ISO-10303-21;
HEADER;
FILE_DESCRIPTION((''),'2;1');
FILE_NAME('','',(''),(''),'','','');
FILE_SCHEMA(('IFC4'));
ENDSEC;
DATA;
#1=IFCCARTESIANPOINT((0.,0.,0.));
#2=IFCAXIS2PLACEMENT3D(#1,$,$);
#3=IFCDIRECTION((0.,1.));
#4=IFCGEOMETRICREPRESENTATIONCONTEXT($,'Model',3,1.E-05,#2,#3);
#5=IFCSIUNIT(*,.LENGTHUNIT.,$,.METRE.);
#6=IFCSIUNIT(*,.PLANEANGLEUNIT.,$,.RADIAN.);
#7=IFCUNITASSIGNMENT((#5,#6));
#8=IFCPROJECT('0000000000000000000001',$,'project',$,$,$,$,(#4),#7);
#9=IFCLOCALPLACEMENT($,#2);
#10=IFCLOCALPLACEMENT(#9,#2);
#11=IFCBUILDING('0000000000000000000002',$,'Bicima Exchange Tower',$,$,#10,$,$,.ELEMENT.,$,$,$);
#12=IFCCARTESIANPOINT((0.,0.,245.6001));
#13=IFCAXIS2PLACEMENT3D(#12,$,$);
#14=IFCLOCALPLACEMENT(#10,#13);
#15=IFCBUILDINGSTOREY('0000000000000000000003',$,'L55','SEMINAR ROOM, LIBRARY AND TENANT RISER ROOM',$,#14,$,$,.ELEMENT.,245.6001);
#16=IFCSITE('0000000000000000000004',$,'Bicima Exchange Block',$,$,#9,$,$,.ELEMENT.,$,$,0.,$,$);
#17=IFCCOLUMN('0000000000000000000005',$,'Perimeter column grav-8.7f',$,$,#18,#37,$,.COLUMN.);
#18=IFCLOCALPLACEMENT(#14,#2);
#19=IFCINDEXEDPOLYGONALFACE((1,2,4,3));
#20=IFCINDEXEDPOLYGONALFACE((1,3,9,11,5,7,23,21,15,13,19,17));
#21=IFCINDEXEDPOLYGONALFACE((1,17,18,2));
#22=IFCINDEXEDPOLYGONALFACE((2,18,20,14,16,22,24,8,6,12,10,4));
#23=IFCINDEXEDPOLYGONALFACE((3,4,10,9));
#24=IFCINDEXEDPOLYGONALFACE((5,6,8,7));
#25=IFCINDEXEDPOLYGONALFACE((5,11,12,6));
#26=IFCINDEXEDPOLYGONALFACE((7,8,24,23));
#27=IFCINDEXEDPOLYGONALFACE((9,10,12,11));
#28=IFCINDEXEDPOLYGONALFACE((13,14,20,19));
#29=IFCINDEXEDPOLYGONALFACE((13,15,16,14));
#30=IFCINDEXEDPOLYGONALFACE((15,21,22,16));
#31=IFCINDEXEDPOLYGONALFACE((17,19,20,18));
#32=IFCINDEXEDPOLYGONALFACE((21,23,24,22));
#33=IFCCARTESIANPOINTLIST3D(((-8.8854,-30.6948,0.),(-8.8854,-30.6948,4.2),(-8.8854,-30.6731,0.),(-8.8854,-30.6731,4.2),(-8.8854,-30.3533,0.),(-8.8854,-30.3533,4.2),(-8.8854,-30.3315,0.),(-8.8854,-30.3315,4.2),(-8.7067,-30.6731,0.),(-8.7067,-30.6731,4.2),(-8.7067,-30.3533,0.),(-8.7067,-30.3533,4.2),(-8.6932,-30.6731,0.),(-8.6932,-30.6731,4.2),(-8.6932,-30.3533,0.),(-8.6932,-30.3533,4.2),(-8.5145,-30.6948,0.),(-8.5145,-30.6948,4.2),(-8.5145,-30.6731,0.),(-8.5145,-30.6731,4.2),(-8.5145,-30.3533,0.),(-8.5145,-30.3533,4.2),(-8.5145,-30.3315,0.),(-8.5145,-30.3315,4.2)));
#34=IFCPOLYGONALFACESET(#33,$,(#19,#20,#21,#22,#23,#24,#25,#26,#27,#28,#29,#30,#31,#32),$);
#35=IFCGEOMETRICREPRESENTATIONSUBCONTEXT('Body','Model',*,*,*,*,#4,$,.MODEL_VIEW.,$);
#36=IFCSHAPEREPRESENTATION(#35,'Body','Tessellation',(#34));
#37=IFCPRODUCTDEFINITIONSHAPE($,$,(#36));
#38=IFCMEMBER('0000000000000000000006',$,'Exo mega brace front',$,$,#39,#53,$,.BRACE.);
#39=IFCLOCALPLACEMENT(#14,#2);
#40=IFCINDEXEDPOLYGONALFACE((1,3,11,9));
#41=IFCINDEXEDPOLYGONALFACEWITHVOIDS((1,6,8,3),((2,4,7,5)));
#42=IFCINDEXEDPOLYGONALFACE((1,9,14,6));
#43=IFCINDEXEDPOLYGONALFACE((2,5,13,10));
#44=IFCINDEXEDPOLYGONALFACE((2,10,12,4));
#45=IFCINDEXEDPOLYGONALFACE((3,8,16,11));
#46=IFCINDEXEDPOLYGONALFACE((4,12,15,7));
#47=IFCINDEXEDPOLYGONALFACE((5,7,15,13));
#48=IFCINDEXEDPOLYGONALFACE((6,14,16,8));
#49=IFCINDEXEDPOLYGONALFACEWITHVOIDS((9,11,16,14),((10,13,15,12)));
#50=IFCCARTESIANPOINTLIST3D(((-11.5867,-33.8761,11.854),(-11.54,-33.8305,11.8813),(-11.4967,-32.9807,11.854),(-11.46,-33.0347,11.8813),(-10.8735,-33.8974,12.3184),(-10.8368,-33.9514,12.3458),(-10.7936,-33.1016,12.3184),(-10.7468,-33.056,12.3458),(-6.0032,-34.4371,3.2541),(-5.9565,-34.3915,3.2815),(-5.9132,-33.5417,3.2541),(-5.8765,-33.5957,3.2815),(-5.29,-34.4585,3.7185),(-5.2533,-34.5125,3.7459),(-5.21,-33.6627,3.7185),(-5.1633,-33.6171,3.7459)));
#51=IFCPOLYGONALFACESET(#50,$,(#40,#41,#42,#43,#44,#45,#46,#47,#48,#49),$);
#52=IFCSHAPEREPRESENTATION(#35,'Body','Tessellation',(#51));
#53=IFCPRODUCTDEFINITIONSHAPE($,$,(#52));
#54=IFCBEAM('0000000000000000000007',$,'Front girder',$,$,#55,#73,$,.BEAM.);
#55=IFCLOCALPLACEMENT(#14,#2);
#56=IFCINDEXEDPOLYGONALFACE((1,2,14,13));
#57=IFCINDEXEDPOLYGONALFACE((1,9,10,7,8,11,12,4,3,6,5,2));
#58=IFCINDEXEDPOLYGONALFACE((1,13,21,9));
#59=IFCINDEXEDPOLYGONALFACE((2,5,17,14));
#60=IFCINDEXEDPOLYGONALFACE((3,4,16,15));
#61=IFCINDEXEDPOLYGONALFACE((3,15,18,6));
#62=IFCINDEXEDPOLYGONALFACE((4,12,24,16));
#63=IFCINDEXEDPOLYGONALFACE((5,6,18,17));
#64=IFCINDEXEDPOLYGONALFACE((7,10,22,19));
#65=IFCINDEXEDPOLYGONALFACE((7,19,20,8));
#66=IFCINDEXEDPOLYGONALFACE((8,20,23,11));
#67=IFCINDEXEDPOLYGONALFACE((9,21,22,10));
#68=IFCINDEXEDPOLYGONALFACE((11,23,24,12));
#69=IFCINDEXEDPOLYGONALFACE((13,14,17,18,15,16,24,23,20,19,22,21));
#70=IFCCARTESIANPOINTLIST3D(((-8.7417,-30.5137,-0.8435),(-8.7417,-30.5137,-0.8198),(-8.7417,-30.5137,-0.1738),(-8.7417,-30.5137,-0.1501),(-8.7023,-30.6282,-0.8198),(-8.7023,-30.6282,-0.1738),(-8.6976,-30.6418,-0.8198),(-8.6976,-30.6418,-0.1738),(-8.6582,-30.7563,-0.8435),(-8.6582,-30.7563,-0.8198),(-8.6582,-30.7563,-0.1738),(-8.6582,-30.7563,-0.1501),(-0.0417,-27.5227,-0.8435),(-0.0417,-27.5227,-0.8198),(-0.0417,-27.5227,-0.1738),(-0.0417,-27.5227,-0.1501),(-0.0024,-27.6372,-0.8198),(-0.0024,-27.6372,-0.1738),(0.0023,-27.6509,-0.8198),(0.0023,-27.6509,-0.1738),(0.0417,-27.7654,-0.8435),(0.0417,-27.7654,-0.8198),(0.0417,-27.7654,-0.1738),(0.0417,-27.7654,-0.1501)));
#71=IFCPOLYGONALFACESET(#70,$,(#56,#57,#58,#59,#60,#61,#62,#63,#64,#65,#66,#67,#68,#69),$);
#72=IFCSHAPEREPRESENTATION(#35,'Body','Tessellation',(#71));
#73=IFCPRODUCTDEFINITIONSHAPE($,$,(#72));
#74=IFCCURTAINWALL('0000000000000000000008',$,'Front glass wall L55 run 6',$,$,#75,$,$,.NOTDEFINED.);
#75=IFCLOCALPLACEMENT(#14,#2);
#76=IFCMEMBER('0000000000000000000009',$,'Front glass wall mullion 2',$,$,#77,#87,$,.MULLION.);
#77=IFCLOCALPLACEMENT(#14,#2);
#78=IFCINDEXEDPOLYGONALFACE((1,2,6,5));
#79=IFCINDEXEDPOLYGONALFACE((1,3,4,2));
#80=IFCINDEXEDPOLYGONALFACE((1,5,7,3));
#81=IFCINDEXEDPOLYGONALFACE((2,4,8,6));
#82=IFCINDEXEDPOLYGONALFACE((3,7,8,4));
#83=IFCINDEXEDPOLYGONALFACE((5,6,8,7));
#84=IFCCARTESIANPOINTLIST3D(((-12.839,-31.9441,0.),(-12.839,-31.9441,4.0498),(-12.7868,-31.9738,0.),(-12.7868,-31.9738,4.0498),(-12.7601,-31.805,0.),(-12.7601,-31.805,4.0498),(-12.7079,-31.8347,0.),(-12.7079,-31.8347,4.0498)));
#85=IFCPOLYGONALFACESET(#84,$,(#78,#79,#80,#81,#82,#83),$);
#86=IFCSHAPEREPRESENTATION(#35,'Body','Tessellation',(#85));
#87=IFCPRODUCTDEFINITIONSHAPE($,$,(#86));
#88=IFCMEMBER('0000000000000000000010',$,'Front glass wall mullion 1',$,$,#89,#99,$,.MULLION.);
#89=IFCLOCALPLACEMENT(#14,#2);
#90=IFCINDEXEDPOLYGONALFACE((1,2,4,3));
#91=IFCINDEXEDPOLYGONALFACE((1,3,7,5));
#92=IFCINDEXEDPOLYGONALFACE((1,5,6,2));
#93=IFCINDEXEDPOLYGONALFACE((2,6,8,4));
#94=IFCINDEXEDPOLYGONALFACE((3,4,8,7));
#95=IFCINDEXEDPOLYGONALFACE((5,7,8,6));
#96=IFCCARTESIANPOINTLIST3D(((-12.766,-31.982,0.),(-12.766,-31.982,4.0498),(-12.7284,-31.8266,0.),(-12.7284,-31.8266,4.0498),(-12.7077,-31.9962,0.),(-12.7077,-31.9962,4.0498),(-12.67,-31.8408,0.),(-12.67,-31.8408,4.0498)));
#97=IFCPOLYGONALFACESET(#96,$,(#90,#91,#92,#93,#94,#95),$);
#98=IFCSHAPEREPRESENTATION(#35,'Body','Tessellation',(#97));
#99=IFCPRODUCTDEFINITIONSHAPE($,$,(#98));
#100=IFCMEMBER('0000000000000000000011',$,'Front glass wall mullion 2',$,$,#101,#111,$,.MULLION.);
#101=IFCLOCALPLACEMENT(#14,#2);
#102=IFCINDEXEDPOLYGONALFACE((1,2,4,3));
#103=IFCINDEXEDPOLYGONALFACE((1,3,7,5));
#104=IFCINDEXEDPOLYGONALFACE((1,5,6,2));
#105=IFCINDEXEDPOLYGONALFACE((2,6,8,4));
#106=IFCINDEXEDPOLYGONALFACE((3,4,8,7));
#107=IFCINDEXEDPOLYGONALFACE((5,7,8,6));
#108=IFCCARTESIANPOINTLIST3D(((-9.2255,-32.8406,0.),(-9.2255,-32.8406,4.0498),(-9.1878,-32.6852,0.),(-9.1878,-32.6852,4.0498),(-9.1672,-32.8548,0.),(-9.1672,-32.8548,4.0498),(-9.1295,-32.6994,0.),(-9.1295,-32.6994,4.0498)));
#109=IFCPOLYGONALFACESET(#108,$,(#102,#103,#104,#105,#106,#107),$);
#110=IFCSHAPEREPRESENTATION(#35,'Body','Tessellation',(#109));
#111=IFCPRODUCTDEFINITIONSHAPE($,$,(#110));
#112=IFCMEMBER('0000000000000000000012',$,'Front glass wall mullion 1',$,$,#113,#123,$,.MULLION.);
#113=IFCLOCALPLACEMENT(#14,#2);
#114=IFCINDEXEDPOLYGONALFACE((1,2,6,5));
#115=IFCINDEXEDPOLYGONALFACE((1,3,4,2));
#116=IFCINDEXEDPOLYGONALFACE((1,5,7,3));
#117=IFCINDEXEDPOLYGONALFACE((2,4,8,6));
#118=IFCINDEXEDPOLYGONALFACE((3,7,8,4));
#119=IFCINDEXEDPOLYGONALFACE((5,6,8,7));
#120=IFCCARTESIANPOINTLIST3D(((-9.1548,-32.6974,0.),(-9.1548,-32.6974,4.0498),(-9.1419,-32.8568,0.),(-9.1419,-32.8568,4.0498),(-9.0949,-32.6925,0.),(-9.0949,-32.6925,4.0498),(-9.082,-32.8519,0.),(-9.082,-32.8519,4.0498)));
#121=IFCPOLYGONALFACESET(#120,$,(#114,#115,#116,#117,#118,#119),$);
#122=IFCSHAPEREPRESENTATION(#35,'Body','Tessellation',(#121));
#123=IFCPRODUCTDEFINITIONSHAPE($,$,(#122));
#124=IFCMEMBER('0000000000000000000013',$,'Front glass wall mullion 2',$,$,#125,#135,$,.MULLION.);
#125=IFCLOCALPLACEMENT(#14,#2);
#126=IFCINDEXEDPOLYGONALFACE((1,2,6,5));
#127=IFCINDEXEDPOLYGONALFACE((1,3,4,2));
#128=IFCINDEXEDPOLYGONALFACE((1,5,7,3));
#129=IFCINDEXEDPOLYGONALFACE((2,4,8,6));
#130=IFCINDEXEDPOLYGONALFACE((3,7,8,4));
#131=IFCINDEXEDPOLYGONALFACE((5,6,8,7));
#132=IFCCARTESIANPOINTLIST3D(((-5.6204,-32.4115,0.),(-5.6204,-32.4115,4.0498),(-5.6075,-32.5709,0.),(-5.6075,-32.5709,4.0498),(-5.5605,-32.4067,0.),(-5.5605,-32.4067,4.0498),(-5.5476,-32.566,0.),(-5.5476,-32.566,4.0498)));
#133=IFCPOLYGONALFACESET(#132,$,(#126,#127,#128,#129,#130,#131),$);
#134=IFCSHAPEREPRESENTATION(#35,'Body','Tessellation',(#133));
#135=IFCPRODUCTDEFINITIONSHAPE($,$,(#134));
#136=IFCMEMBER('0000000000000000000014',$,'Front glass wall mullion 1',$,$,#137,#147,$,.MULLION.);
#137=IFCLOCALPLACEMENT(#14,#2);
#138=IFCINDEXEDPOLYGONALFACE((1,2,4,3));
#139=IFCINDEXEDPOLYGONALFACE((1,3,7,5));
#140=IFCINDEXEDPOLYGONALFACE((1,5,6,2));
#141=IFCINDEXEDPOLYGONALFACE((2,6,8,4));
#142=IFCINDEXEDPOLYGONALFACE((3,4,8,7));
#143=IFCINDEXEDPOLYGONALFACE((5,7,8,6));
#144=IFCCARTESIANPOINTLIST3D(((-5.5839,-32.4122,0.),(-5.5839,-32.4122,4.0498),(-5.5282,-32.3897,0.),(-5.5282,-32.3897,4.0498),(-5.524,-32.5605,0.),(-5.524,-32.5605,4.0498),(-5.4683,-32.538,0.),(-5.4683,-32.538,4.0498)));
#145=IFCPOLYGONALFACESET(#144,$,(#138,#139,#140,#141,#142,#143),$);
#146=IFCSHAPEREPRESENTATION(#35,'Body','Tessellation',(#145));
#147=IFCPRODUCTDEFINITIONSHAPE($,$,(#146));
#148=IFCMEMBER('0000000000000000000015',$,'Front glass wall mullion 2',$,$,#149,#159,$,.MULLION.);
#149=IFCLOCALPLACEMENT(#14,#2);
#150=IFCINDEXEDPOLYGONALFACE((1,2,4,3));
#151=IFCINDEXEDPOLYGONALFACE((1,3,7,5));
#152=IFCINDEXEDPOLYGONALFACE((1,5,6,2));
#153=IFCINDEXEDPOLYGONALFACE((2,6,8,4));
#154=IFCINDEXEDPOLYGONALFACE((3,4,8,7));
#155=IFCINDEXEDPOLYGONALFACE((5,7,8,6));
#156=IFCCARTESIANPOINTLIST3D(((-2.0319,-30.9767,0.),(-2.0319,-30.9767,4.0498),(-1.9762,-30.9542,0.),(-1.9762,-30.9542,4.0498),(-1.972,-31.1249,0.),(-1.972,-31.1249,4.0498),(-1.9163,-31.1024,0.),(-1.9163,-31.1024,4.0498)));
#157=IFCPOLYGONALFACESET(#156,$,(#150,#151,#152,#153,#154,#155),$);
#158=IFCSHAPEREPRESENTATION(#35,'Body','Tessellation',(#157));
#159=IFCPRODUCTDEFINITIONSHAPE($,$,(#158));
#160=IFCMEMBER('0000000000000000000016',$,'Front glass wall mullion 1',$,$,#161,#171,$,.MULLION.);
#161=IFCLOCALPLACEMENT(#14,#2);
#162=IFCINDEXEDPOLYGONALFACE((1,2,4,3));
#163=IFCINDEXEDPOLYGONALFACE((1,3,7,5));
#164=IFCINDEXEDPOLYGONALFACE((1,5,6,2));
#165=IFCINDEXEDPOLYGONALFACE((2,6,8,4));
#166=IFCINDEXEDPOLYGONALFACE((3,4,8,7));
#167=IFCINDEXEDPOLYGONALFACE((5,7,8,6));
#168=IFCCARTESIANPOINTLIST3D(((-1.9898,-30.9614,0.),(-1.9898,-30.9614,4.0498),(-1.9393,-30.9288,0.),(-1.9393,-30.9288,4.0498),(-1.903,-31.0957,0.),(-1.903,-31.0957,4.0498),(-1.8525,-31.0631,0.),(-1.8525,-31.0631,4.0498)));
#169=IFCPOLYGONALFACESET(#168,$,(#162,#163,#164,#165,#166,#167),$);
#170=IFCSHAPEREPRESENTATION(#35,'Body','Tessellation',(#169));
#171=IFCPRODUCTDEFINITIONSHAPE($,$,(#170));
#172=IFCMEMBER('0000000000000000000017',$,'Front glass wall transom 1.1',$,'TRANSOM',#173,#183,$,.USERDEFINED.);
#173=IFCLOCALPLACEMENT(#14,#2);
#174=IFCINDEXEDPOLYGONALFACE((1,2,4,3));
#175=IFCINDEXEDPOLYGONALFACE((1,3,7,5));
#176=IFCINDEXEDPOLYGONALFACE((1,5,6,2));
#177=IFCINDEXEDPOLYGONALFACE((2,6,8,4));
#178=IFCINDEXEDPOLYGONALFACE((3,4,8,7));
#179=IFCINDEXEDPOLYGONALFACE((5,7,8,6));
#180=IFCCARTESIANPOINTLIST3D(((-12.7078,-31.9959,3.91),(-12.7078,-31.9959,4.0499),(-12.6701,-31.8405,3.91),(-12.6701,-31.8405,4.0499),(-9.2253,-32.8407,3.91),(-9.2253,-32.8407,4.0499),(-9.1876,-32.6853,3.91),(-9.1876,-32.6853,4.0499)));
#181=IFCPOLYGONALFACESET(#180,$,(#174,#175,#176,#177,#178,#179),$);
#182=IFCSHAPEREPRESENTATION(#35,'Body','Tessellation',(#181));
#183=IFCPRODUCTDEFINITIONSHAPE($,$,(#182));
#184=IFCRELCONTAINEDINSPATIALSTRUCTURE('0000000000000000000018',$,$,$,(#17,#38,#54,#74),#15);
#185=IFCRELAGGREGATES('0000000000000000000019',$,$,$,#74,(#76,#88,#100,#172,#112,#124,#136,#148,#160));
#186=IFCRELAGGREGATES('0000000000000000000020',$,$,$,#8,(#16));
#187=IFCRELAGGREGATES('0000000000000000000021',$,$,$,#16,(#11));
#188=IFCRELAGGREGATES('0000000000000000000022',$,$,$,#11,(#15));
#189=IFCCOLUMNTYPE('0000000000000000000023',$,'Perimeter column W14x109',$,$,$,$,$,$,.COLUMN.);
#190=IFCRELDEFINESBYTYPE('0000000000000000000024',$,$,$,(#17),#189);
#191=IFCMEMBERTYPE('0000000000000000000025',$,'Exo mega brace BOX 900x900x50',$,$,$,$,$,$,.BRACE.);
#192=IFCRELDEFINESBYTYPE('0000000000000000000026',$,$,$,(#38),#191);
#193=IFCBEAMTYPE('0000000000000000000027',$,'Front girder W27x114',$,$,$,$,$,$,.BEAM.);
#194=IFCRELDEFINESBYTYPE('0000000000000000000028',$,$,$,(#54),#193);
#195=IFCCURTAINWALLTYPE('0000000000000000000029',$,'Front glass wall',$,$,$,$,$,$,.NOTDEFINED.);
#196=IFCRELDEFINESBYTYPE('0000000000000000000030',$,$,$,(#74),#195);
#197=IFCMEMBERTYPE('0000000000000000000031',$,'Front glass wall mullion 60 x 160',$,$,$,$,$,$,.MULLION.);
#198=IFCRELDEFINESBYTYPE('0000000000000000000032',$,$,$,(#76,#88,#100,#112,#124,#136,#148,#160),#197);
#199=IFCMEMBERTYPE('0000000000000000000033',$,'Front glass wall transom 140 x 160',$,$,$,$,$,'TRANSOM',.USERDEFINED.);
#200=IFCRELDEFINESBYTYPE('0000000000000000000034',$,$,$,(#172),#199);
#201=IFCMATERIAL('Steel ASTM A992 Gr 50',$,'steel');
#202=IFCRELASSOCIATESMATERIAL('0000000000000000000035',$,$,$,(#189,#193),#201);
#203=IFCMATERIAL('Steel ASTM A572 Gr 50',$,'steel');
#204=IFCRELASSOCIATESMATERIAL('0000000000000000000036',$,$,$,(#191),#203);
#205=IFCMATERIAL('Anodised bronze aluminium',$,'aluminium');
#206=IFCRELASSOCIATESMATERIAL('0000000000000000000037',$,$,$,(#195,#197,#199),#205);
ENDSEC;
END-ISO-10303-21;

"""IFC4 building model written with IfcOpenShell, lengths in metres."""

from ifc_helpers import new_model, si_unit, direction, frame, origin, origin_2d, place, context, subcontext, project, spatial, rectangle, hollow_rectangle, i_section, extrude, material, material_profile, profile_set, type_object, element, aggregate, save


model = new_model("IFC4")

# Units and contexts
model_context = context("Model", 3, precision=1e-05, world=origin(), true_north=direction((0.0, 1.0)))
body_context = subcontext(model_context, "Body", "Model", "MODEL_VIEW")
ifc_project = project(units=[si_unit("LENGTHUNIT", "METRE"), si_unit("PLANEANGLEUNIT", "RADIAN")], contexts=[model_context])

# Site, building, storey
site_placement = place(None, origin())
site = spatial("IfcSite", under=ifc_project, at=site_placement, Name="Bicima Exchange Block", CompositionType="ELEMENT", RefElevation=0.0)
building_placement = place(site_placement, origin())
building = spatial("IfcBuilding", under=site, at=building_placement, Name="Bicima Exchange Tower", CompositionType="ELEMENT")
storey_placement = place(building_placement, frame((0.0, 0.0, 245.6001)))
storey = spatial("IfcBuildingStorey", under=building, at=storey_placement, Name="L55", Description="SEMINAR ROOM, LIBRARY AND TENANT RISER ROOM", CompositionType="ELEMENT", Elevation=245.6001)

# Column
ifc_material_1 = material(Name="Steel ASTM A992 Gr 50", Category="steel")
ifc_material_profile_1 = material_profile(ifc_material_1, i_section(OverallWidth=0.3708, OverallDepth=0.3633, WebThickness=0.0134, FlangeThickness=0.0217, at=origin_2d()))
ifc_profile_set_1 = profile_set([ifc_material_profile_1], Name="Steel ASTM A992 Gr 50")
column_type = type_object("IfcColumnType", Name="Perimeter column W14x109", PredefinedType="COLUMN", material=ifc_profile_set_1)
column_placement = place(storey_placement, frame((-8.7, -30.5132, 0.0), z_axis=(0.0, 0.0, 1.0), x_axis=(1.0, 0.0, 0.0)))
element("IfcColumn", 1, at=column_placement, inside=storey, type_object=column_type, Name="Perimeter column grav-8.7f", PredefinedType="COLUMN", context=body_context, shape_type="SweptSolid", body=[
    extrude(i_section(OverallWidth=0.3708, OverallDepth=0.3633, WebThickness=0.0134, FlangeThickness=0.0217, at=origin_2d()), origin(), (0.0, 0.0, 1.0), 4.2),
])

# Member
ifc_material_2 = material(Name="Steel ASTM A572 Gr 50", Category="steel")
ifc_material_profile_2 = material_profile(ifc_material_2, hollow_rectangle(XDim=0.8999, YDim=0.8999, WallThickness=0.05, at=origin_2d()))
ifc_profile_set_2 = profile_set([ifc_material_profile_2], Name="Steel ASTM A572 Gr 50")
member_type_1 = type_object("IfcMemberType", Name="Exo mega brace BOX 900x900x50", PredefinedType="BRACE", material=ifc_profile_set_2)
member_1_placement = place(storey_placement, frame((-5.5833, -34.0271, 3.5), z_axis=(-0.543736, 0.054635, 0.837476), x_axis=(-0.099978, -0.99499, 0.0)))
element("IfcMember", 2, at=member_1_placement, inside=storey, type_object=member_type_1, Name="Exo mega brace front", PredefinedType="BRACE", context=body_context, shape_type="SweptSolid", body=[
    extrude(hollow_rectangle(XDim=0.8999, YDim=0.8999, WallThickness=0.05, at=origin_2d()), origin(), (0.0, 0.0, 1.0), 10.2688),
])

# Beam
ifc_material_profile_3 = material_profile(ifc_material_1, i_section(OverallWidth=0.2566, OverallDepth=0.6934, WebThickness=0.0144, FlangeThickness=0.0237, at=origin_2d()))
ifc_profile_set_3 = profile_set([ifc_material_profile_3], Name="Steel ASTM A992 Gr 50")
beam_type = type_object("IfcBeamType", Name="Front girder W27x114", PredefinedType="BEAM", material=ifc_profile_set_3)
beam_placement = place(storey_placement, frame((-8.7, -30.635, -0.4968), z_axis=(0.945675, 0.325115, 0.0), x_axis=(-0.325115, 0.945675, 0.0)))
element("IfcBeam", 3, at=beam_placement, inside=storey, type_object=beam_type, Name="Front girder", PredefinedType="BEAM", context=body_context, shape_type="SweptSolid", body=[
    extrude(i_section(OverallWidth=0.2566, OverallDepth=0.6934, WebThickness=0.0144, FlangeThickness=0.0237, at=origin_2d()), origin(), (0.0, 0.0, 1.0), 9.1997),
])

# Curtain wall, members
ifc_material_3 = material(Name="Anodised bronze aluminium", Category="aluminium")
curtain_wall_type = type_object("IfcCurtainWallType", Name="Front glass wall", PredefinedType="NOTDEFINED", material=ifc_material_3)
curtain_wall_placement = place(storey_placement, origin())
curtain_wall = element("IfcCurtainWall", 4, at=curtain_wall_placement, inside=storey, type_object=curtain_wall_type, Name="Front glass wall L55 run 6", PredefinedType="NOTDEFINED")
ifc_material_profile_4 = material_profile(ifc_material_3, rectangle(XDim=0.1599, YDim=0.0601, at=origin_2d()))
ifc_profile_set_4 = profile_set([ifc_material_profile_4], Name="Anodised bronze aluminium")
member_type_2 = type_object("IfcMemberType", Name="Front glass wall mullion 60 x 160", PredefinedType="MULLION", material=ifc_profile_set_4)
member_2_placement = place(storey_placement, frame((-12.7734, -31.8894, 0.0), z_axis=(0.0, 0.0, 1.0), x_axis=(0.493395, 0.869805, 0.0)))
member_2 = element("IfcMember", 5, at=member_2_placement, type_object=member_type_2, Name="Front glass wall mullion 2", PredefinedType="MULLION", context=body_context, shape_type="SweptSolid", body=[
    extrude(rectangle(XDim=0.1599, YDim=0.0601, at=origin_2d()), origin(), (0.0, 0.0, 1.0), 4.0498),
])
member_3_placement = place(storey_placement, frame((-12.718, -31.9114, 0.0), z_axis=(0.0, 0.0, 1.0), x_axis=(0.235682, 0.97183, 0.0)))
member_3 = element("IfcMember", 6, at=member_3_placement, type_object=member_type_2, Name="Front glass wall mullion 1", PredefinedType="MULLION", context=body_context, shape_type="SweptSolid", body=[
    extrude(rectangle(XDim=0.1599, YDim=0.0601, at=origin_2d()), origin(), (0.0, 0.0, 1.0), 4.0498),
])
member_4_placement = place(storey_placement, frame((-9.1775, -32.77, 0.0), z_axis=(0.0, 0.0, 1.0), x_axis=(0.235682, 0.97183, 0.0)))
member_4 = element("IfcMember", 7, at=member_4_placement, type_object=member_type_2, Name="Front glass wall mullion 2", PredefinedType="MULLION", context=body_context, shape_type="SweptSolid", body=[
    extrude(rectangle(XDim=0.1599, YDim=0.0601, at=origin_2d()), origin(), (0.0, 0.0, 1.0), 4.0498),
])
member_5_placement = place(storey_placement, frame((-9.1184, -32.7747, 0.0), z_axis=(0.0, 0.0, 1.0), x_axis=(-0.080589, 0.996747, 0.0)))
member_5 = element("IfcMember", 8, at=member_5_placement, type_object=member_type_2, Name="Front glass wall mullion 1", PredefinedType="MULLION", context=body_context, shape_type="SweptSolid", body=[
    extrude(rectangle(XDim=0.1599, YDim=0.0601, at=origin_2d()), origin(), (0.0, 0.0, 1.0), 4.0498),
])
member_6_placement = place(storey_placement, frame((-5.584, -32.4888, 0.0), z_axis=(0.0, 0.0, 1.0), x_axis=(-0.080589, 0.996747, 0.0)))
member_6 = element("IfcMember", 9, at=member_6_placement, type_object=member_type_2, Name="Front glass wall mullion 2", PredefinedType="MULLION", context=body_context, shape_type="SweptSolid", body=[
    extrude(rectangle(XDim=0.1599, YDim=0.0601, at=origin_2d()), origin(), (0.0, 0.0, 1.0), 4.0498),
])
member_7_placement = place(storey_placement, frame((-5.5261, -32.4751, 0.0), z_axis=(0.0, 0.0, 1.0), x_axis=(-0.374705, 0.927144, 0.0)))
member_7 = element("IfcMember", 10, at=member_7_placement, type_object=member_type_2, Name="Front glass wall mullion 1", PredefinedType="MULLION", context=body_context, shape_type="SweptSolid", body=[
    extrude(rectangle(XDim=0.1599, YDim=0.0601, at=origin_2d()), origin(), (0.0, 0.0, 1.0), 4.0498),
])
member_8_placement = place(storey_placement, frame((-1.9741, -31.0396, 0.0), z_axis=(0.0, 0.0, 1.0), x_axis=(-0.374705, 0.927144, 0.0)))
member_8 = element("IfcMember", 11, at=member_8_placement, type_object=member_type_2, Name="Front glass wall mullion 2", PredefinedType="MULLION", context=body_context, shape_type="SweptSolid", body=[
    extrude(rectangle(XDim=0.1599, YDim=0.0601, at=origin_2d()), origin(), (0.0, 0.0, 1.0), 4.0498),
])
member_9_placement = place(storey_placement, frame((-1.9211, -31.0122, 0.0), z_axis=(0.0, 0.0, 1.0), x_axis=(-0.542897, 0.839799, 0.0)))
member_9 = element("IfcMember", 12, at=member_9_placement, type_object=member_type_2, Name="Front glass wall mullion 1", PredefinedType="MULLION", context=body_context, shape_type="SweptSolid", body=[
    extrude(rectangle(XDim=0.1599, YDim=0.0601, at=origin_2d()), origin(), (0.0, 0.0, 1.0), 4.0498),
])
ifc_material_profile_5 = material_profile(ifc_material_3, rectangle(XDim=0.1599, YDim=0.1399, at=origin_2d()))
ifc_profile_set_5 = profile_set([ifc_material_profile_5], Name="Anodised bronze aluminium")
member_type_3 = type_object("IfcMemberType", Name="Front glass wall transom 140 x 160", ElementType="TRANSOM", PredefinedType="USERDEFINED", material=ifc_profile_set_5)
member_10_placement = place(storey_placement, frame((-12.689, -31.9182, 3.98), z_axis=(0.971818, -0.235733, 0.0), x_axis=(0.235733, 0.971818, 0.0)))
member_10 = element("IfcMember", 13, at=member_10_placement, type_object=member_type_3, Name="Front glass wall transom 1.1", ObjectType="TRANSOM", PredefinedType="USERDEFINED", context=body_context, shape_type="SweptSolid", body=[
    extrude(rectangle(XDim=0.1599, YDim=0.1399, at=origin_2d()), origin(), (0.0, 0.0, 1.0), 3.5835),
])

aggregate(curtain_wall, [member_2, member_3, member_4, member_10, member_5, member_6, member_7, member_8, member_9])

save(model, "model.ifc")
